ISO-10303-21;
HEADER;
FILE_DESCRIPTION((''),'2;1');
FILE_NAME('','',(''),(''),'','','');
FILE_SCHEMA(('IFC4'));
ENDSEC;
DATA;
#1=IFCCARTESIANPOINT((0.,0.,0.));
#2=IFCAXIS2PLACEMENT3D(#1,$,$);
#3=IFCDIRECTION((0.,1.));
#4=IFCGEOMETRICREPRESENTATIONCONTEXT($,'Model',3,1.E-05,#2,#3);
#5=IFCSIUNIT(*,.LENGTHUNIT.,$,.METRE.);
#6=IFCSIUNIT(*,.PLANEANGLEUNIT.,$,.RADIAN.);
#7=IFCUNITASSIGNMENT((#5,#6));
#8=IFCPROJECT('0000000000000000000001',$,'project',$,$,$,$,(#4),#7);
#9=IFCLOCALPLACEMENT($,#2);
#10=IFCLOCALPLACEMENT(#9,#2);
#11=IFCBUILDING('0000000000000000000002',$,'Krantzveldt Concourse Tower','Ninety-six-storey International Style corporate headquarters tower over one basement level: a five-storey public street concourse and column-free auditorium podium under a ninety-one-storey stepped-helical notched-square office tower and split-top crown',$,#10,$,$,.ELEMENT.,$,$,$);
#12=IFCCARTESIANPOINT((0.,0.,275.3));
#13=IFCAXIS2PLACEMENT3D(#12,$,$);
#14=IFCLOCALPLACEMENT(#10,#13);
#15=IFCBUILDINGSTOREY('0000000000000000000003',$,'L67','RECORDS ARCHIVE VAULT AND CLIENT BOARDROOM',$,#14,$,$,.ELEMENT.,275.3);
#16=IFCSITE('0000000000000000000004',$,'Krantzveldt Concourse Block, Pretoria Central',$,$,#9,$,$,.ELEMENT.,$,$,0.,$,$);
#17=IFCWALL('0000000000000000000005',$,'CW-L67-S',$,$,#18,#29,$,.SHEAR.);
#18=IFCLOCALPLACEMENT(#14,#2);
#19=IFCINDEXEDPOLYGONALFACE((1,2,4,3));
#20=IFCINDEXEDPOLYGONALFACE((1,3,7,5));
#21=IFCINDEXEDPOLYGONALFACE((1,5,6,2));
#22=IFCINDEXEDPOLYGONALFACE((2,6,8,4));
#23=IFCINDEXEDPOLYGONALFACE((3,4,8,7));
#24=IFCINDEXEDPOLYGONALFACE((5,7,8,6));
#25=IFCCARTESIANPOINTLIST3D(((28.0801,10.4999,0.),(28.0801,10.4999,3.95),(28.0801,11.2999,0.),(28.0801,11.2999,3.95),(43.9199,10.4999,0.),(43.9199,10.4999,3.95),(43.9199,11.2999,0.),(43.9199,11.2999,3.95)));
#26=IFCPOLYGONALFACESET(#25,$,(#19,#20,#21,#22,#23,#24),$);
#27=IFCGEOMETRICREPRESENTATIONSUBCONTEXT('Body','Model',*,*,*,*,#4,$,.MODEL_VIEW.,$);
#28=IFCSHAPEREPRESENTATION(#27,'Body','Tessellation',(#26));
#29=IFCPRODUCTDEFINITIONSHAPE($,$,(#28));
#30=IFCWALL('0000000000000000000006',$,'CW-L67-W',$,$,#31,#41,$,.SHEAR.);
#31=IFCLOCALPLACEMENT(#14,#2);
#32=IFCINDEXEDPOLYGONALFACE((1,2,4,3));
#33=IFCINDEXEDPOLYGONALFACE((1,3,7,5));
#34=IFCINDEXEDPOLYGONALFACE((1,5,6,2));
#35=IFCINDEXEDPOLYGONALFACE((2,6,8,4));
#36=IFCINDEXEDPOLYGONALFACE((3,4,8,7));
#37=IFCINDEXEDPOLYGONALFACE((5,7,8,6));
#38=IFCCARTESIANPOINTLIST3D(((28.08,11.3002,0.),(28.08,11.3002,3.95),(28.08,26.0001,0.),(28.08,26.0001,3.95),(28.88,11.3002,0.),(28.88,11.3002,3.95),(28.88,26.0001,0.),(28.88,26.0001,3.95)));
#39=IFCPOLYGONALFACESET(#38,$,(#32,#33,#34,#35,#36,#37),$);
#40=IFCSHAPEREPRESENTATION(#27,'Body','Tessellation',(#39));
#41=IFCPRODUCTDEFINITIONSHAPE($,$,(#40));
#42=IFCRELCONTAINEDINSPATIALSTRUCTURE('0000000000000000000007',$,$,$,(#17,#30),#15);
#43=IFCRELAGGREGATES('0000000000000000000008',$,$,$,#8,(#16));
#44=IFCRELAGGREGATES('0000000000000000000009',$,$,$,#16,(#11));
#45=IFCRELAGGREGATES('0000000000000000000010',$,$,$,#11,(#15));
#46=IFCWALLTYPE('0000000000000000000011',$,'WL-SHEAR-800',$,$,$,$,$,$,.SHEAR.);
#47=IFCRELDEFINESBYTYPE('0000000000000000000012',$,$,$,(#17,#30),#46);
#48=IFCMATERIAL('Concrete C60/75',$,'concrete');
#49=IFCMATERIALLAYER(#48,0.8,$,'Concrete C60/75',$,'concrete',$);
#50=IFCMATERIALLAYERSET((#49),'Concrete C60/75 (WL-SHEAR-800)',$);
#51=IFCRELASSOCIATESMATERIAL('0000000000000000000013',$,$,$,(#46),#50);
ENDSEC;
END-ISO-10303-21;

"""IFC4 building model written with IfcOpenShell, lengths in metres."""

from ifc_helpers import new_model, si_unit, direction, frame, frame_2d, origin, place, context, subcontext, project, spatial, rectangle, extrude, material, layer, layer_set, type_object, element, save


model = new_model("IFC4")

# Units and contexts
model_context = context("Model", 3, precision=1e-05, world=origin(), true_north=direction((0.0, 1.0)))
body_context = subcontext(model_context, "Body", "Model", "MODEL_VIEW")
ifc_project = project(units=[si_unit("LENGTHUNIT", "METRE"), si_unit("PLANEANGLEUNIT", "RADIAN")], contexts=[model_context])

# Site, building, storey
site_placement = place(None, origin())
site = spatial("IfcSite", under=ifc_project, at=site_placement, Name="Krantzveldt Concourse Block, Pretoria Central", CompositionType="ELEMENT", RefElevation=0.0)
building_placement = place(site_placement, origin())
building = spatial("IfcBuilding", under=site, at=building_placement, Name="Krantzveldt Concourse Tower", Description="Ninety-six-storey International Style corporate headquarters tower over one basement level: a five-storey public street concourse and column-free auditorium podium under a ninety-one-storey stepped-helical notched-square office tower and split-top crown", CompositionType="ELEMENT")
storey_placement = place(building_placement, frame((0.0, 0.0, 275.3)))
storey = spatial("IfcBuildingStorey", under=building, at=storey_placement, Name="L67", Description="RECORDS ARCHIVE VAULT AND CLIENT BOARDROOM", CompositionType="ELEMENT", Elevation=275.3)

# Walls
ifc_material_1 = material(Name="Concrete C60/75", Category="concrete")
ifc_layer_1 = layer(ifc_material_1, 0.8, Name="Concrete C60/75", Category="concrete")
ifc_layer_set_1 = layer_set([ifc_layer_1], Name="Concrete C60/75 (WL-SHEAR-800)")
wall_type_1 = type_object("IfcWallType", Name="WL-SHEAR-800", PredefinedType="SHEAR", material=ifc_layer_set_1)
wall_1_placement = place(storey_placement, frame((28.0801, 10.8999, 0.0), z_axis=(0.0, 0.0, 1.0), x_axis=(1.0, 0.0, 0.0)))
element("IfcWall", 1, at=wall_1_placement, inside=storey, type_object=wall_type_1, Name="CW-L67-S", PredefinedType="SHEAR", context=body_context, shape_type="SweptSolid", body=[
    extrude(rectangle(XDim=15.8398, YDim=0.8, at=frame_2d((7.9199, 0.0))), origin(), (0.0, 0.0, 1.0), 3.95),
])
wall_2_placement = place(storey_placement, frame((28.48, 11.3, 0.0), z_axis=(0.0, 0.0, 1.0), x_axis=(0.0, 1.0, 0.0)))
element("IfcWall", 2, at=wall_2_placement, inside=storey, type_object=wall_type_1, Name="CW-L67-W", PredefinedType="SHEAR", context=body_context, shape_type="SweptSolid", body=[
    extrude(rectangle(XDim=14.7, YDim=0.8, at=frame_2d((7.3501, 0.0))), origin(), (0.0, 0.0, 1.0), 3.95),
])

save(model, "model.ifc")
